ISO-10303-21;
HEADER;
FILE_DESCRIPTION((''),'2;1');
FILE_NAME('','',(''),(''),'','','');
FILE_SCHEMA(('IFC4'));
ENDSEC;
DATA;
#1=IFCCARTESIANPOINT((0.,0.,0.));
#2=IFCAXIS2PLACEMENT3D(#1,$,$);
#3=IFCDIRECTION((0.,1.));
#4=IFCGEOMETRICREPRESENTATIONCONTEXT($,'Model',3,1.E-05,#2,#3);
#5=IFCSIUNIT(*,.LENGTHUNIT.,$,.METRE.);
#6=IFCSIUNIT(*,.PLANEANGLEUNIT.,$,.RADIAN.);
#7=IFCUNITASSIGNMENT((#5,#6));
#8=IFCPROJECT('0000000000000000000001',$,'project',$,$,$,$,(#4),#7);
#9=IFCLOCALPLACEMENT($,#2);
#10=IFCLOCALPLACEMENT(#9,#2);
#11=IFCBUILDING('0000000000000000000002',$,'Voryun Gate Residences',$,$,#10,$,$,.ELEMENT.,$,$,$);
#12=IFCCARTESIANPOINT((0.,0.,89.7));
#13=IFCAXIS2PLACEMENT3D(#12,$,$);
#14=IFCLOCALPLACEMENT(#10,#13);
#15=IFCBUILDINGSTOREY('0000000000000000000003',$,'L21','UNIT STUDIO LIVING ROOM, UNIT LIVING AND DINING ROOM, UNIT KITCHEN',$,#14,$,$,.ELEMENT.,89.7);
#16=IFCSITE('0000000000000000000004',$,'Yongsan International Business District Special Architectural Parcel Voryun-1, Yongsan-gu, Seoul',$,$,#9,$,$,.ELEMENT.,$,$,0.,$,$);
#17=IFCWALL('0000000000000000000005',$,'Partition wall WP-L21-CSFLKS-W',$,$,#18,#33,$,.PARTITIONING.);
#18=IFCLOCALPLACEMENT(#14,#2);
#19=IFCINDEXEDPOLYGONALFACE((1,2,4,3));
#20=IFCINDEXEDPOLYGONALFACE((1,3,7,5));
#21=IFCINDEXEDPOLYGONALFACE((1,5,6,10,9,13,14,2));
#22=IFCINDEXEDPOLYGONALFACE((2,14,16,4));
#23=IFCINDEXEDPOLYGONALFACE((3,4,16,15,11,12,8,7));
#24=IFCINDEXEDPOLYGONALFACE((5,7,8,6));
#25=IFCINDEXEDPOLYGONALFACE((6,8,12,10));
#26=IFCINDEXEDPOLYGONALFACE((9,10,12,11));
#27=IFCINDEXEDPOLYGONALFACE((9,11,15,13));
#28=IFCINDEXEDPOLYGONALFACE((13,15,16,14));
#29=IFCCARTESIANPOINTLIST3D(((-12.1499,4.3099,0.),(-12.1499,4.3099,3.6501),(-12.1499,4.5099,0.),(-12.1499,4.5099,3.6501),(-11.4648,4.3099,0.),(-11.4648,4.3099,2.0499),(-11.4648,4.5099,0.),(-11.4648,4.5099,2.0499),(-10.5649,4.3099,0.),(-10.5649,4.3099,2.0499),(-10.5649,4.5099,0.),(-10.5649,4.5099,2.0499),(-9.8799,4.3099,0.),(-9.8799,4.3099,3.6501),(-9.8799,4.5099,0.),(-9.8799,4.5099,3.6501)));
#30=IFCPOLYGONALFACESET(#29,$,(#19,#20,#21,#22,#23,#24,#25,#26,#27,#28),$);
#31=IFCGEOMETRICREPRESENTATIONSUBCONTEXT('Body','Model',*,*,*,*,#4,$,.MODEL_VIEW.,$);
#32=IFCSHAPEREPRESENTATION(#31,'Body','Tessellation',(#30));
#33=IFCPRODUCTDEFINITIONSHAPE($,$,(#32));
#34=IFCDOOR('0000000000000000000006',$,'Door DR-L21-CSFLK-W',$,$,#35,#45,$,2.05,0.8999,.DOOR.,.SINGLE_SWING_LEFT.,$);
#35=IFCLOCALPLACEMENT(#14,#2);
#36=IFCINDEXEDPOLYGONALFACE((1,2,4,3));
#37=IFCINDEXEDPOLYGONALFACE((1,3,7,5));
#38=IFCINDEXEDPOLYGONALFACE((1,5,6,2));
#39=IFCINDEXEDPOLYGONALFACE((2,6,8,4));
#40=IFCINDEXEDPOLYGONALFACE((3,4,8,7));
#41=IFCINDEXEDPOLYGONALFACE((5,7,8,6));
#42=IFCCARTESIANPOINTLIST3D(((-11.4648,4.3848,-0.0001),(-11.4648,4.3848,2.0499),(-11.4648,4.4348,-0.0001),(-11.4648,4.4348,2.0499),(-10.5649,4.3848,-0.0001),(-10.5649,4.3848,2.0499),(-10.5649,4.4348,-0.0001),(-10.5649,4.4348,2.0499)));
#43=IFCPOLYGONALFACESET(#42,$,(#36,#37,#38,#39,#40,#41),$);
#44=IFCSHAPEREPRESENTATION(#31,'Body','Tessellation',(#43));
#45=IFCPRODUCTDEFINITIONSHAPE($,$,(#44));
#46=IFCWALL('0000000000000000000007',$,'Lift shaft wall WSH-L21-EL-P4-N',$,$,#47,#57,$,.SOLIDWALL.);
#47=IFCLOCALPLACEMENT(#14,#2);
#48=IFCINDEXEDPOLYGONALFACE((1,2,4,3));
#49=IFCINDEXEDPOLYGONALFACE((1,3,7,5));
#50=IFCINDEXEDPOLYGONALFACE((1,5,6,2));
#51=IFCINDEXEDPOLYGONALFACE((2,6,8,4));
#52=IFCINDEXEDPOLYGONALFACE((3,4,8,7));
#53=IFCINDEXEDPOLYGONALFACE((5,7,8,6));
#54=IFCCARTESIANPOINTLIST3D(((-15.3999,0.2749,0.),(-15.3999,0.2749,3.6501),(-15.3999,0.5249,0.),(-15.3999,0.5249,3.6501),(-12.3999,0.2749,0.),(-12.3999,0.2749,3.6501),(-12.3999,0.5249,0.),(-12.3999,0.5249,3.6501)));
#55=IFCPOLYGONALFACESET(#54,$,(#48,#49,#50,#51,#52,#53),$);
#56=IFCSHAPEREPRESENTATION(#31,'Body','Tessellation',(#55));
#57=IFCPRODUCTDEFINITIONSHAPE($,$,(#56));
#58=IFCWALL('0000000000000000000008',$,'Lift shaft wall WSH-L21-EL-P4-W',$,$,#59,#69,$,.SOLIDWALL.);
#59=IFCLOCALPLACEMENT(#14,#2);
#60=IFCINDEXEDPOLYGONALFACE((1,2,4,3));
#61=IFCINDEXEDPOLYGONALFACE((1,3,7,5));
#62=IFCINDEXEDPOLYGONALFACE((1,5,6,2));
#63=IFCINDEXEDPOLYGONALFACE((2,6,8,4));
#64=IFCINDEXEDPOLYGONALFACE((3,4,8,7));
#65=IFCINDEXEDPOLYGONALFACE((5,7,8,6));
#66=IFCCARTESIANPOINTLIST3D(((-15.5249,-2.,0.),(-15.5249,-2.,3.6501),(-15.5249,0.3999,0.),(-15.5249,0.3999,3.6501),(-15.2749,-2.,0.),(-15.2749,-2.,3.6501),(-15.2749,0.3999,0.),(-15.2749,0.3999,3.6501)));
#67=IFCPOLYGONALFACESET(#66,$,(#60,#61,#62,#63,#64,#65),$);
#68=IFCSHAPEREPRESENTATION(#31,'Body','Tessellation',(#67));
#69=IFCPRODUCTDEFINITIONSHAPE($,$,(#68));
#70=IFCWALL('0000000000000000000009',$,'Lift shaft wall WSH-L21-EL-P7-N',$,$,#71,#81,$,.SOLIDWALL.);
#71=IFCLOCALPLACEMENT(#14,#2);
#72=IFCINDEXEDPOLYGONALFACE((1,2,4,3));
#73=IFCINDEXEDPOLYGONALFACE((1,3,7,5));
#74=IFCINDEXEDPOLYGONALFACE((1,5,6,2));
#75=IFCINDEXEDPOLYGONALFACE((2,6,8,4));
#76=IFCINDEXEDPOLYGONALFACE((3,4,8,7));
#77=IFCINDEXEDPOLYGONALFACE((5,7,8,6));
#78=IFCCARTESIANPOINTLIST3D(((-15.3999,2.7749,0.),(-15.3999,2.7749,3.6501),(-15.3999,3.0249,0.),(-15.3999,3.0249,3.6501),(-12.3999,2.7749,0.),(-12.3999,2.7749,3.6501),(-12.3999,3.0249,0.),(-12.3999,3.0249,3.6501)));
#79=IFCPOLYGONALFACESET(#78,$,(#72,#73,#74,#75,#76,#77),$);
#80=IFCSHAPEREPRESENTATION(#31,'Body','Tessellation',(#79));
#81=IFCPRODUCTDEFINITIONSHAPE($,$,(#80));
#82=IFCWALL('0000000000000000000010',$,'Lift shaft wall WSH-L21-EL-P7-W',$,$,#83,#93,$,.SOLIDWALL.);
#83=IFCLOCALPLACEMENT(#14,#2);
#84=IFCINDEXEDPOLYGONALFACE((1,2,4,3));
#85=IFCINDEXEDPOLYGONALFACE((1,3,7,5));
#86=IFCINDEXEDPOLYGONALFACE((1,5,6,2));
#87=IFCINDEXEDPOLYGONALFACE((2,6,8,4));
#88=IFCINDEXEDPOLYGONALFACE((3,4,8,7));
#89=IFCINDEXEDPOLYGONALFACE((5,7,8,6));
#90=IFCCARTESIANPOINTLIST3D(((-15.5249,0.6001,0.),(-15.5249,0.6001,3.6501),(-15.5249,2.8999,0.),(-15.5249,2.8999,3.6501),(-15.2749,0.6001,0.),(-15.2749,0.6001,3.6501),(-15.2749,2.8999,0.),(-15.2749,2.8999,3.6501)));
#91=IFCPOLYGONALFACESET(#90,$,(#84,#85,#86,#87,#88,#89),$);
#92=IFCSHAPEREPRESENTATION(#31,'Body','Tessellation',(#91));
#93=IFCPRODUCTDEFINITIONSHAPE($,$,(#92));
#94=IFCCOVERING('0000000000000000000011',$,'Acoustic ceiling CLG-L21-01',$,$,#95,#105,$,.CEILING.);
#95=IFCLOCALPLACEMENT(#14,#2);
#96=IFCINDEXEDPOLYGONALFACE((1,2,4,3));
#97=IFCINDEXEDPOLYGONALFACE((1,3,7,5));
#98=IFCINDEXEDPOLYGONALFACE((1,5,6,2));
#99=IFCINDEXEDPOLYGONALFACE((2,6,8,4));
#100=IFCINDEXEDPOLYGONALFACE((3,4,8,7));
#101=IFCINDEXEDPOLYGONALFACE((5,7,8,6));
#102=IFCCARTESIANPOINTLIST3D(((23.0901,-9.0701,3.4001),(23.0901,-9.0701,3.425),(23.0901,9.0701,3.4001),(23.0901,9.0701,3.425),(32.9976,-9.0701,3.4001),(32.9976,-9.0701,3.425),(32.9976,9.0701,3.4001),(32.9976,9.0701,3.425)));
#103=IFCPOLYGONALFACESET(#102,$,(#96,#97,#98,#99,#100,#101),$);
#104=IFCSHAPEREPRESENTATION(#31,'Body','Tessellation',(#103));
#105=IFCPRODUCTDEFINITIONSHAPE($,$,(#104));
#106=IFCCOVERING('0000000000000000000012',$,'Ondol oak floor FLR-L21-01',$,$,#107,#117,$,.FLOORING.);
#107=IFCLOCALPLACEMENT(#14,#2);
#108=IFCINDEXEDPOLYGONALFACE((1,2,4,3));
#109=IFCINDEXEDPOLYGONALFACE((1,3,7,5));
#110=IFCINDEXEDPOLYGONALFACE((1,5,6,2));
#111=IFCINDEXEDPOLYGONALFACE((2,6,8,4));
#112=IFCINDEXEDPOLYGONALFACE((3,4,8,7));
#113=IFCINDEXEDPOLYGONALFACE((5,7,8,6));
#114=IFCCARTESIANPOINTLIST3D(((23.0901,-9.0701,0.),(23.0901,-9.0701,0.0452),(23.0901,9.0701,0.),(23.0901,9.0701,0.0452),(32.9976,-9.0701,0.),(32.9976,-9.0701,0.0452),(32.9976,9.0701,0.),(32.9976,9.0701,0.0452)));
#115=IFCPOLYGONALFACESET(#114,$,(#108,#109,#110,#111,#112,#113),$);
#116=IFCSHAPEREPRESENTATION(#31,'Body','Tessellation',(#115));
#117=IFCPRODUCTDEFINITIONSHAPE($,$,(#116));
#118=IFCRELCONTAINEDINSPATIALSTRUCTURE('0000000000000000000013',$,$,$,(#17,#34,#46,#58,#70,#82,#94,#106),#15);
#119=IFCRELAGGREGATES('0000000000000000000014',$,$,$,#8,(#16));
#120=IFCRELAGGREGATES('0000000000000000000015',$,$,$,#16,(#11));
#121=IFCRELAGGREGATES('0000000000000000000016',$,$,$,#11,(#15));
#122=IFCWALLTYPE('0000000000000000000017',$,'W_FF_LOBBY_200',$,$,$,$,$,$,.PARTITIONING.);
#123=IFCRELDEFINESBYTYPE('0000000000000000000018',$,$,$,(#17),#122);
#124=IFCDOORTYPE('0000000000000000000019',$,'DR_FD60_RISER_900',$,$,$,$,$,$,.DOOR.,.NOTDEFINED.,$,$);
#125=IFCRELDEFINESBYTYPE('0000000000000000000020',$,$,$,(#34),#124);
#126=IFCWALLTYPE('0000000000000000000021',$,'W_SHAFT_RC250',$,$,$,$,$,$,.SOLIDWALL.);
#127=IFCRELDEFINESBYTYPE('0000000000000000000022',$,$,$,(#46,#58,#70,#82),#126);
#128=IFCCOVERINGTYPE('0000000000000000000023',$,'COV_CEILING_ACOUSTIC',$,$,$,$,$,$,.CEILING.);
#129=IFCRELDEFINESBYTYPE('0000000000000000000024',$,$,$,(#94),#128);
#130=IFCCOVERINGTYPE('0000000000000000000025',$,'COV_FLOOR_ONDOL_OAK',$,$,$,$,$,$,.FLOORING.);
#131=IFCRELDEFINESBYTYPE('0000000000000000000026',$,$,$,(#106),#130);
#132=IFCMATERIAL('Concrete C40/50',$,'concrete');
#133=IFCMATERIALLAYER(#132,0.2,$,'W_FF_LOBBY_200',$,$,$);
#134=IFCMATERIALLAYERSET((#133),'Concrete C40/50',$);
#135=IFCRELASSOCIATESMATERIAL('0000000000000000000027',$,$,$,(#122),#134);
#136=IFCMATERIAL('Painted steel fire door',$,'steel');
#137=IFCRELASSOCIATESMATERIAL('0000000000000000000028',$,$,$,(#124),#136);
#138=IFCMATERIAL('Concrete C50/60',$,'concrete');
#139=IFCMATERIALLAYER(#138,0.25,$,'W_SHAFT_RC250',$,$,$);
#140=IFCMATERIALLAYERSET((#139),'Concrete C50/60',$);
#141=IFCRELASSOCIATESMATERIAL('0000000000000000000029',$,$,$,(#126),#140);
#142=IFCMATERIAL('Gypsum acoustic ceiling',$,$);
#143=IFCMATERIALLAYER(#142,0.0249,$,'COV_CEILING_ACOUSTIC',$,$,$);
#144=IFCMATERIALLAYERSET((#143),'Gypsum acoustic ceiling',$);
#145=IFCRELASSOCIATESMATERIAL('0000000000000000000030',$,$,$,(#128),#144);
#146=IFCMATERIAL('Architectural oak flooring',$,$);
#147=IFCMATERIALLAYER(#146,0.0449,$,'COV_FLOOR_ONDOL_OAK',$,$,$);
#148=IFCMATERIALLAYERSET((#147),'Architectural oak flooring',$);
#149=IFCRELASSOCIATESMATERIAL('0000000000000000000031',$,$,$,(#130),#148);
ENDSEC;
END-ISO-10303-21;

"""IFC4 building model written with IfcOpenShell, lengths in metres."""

from ifc_helpers import new_model, si_unit, direction, frame, frame_2d, origin, place, context, subcontext, project, spatial, polyline, rectangle, outline, extrude, material, layer, layer_set, type_object, element, fill, save


model = new_model("IFC4")

# Units and contexts
model_context = context("Model", 3, precision=1e-05, world=origin(), true_north=direction((0.0, 1.0)))
body_context = subcontext(model_context, "Body", "Model", "MODEL_VIEW")
ifc_project = project(units=[si_unit("LENGTHUNIT", "METRE"), si_unit("PLANEANGLEUNIT", "RADIAN")], contexts=[model_context])

# Site, building, storey
site_placement = place(None, origin())
site = spatial("IfcSite", under=ifc_project, at=site_placement, Name="Yongsan International Business District Special Architectural Parcel Voryun-1, Yongsan-gu, Seoul", CompositionType="ELEMENT", RefElevation=0.0)
building_placement = place(site_placement, origin())
building = spatial("IfcBuilding", under=site, at=building_placement, Name="Voryun Gate Residences", CompositionType="ELEMENT")
storey_placement = place(building_placement, frame((0.0, 0.0, 89.7)))
storey = spatial("IfcBuildingStorey", under=building, at=storey_placement, Name="L21", Description="UNIT STUDIO LIVING ROOM, UNIT LIVING AND DINING ROOM, UNIT KITCHEN", CompositionType="ELEMENT", Elevation=89.7)

# Shared definitions
ifc_material_1 = material(Name="Concrete C40/50", Category="concrete")
ifc_layer_1 = layer(ifc_material_1, 0.2, Name="W_FF_LOBBY_200")
ifc_layer_set_1 = layer_set([ifc_layer_1], Name="Concrete C40/50")
wall_type_1 = type_object("IfcWallType", Name="W_FF_LOBBY_200", PredefinedType="PARTITIONING", material=ifc_layer_set_1)

# Wall, opening, door
wall_1_placement = place(storey_placement, frame((-12.1499, 4.4099, 0.0), z_axis=(0.0, 0.0, 1.0), x_axis=(1.0, 0.0, 0.0)))
wall_1 = element("IfcWall", 1, at=wall_1_placement, inside=storey, type_object=wall_type_1, Name="Partition wall WP-L21-CSFLKS-W", PredefinedType="PARTITIONING", context=body_context, shape_type="SweptSolid", body=[
    extrude(rectangle(XDim=2.27, YDim=0.2, at=frame_2d((1.135, 0.0))), origin(), (0.0, 0.0, 1.0), 3.6501),
])
opening_placement = place(wall_1_placement, frame((0.6851, 0.0, 0.0)))
opening = element("IfcOpeningElement", 2, at=opening_placement, cuts=wall_1, PredefinedType="OPENING", context=body_context, shape_type="SweptSolid", body=[
    extrude(rectangle(XDim=0.8999, YDim=2.05, at=frame_2d((0.45, 1.0249))), frame((0.0, 0.1101, 0.0), z_axis=(0.0, -1.0, 0.0), x_axis=(1.0, 0.0, 0.0)), (0.0, 0.0, 1.0), 0.22),
])
ifc_material_2 = material(Name="Painted steel fire door", Category="steel")
door_type = type_object("IfcDoorType", Name="DR_FD60_RISER_900", OperationType="NOTDEFINED", PredefinedType="DOOR", material=ifc_material_2)
door_placement = place(opening_placement, origin())
door = element("IfcDoor", 3, at=door_placement, inside=storey, type_object=door_type, Name="Door DR-L21-CSFLK-W", OperationType="SINGLE_SWING_LEFT", OverallHeight=2.05, OverallWidth=0.8999, PredefinedType="DOOR", context=body_context, shape_type="SweptSolid", body=[
    extrude(rectangle(XDim=0.8999, YDim=2.05, at=frame_2d((0.45, 1.0249))), frame((0.0, 0.0249, 0.0), z_axis=(0.0, -1.0, 0.0), x_axis=(1.0, 0.0, 0.0)), (0.0, 0.0, 1.0), 0.05),
])
fill(opening, door)

# Walls
ifc_material_3 = material(Name="Concrete C50/60", Category="concrete")
ifc_layer_2 = layer(ifc_material_3, 0.25, Name="W_SHAFT_RC250")
ifc_layer_set_2 = layer_set([ifc_layer_2], Name="Concrete C50/60")
wall_type_2 = type_object("IfcWallType", Name="W_SHAFT_RC250", PredefinedType="SOLIDWALL", material=ifc_layer_set_2)
wall_2_placement = place(storey_placement, frame((-12.3999, 0.3999, 0.0), z_axis=(0.0, 0.0, 1.0), x_axis=(-1.0, 0.0, 0.0)))
element("IfcWall", 4, at=wall_2_placement, inside=storey, type_object=wall_type_2, Name="Lift shaft wall WSH-L21-EL-P4-N", PredefinedType="SOLIDWALL", context=body_context, shape_type="SweptSolid", body=[
    extrude(rectangle(XDim=3.0, YDim=0.25, at=frame_2d((1.5, 0.0))), origin(), (0.0, 0.0, 1.0), 3.6501),
])
wall_3_placement = place(storey_placement, frame((-15.3999, 0.3999, 0.0), z_axis=(0.0, 0.0, 1.0), x_axis=(0.0, -1.0, 0.0)))
element("IfcWall", 5, at=wall_3_placement, inside=storey, type_object=wall_type_2, Name="Lift shaft wall WSH-L21-EL-P4-W", PredefinedType="SOLIDWALL", context=body_context, shape_type="SweptSolid", body=[
    extrude(rectangle(XDim=2.3999, YDim=0.25, at=frame_2d((1.2, 0.0))), origin(), (0.0, 0.0, 1.0), 3.6501),
])
wall_4_placement = place(storey_placement, frame((-12.3999, 2.8999, 0.0), z_axis=(0.0, 0.0, 1.0), x_axis=(-1.0, 0.0, 0.0)))
element("IfcWall", 6, at=wall_4_placement, inside=storey, type_object=wall_type_2, Name="Lift shaft wall WSH-L21-EL-P7-N", PredefinedType="SOLIDWALL", context=body_context, shape_type="SweptSolid", body=[
    extrude(rectangle(XDim=3.0, YDim=0.25, at=frame_2d((1.5, 0.0))), origin(), (0.0, 0.0, 1.0), 3.6501),
])
wall_5_placement = place(storey_placement, frame((-15.3999, 2.8999, 0.0), z_axis=(0.0, 0.0, 1.0), x_axis=(0.0, -1.0, 0.0)))
element("IfcWall", 7, at=wall_5_placement, inside=storey, type_object=wall_type_2, Name="Lift shaft wall WSH-L21-EL-P7-W", PredefinedType="SOLIDWALL", context=body_context, shape_type="SweptSolid", body=[
    extrude(rectangle(XDim=2.2998, YDim=0.25, at=frame_2d((1.1499, 0.0))), origin(), (0.0, 0.0, 1.0), 3.6501),
])

# Coverings
ifc_material_4 = material(Name="Gypsum acoustic ceiling")
ifc_layer_3 = layer(ifc_material_4, 0.0249, Name="COV_CEILING_ACOUSTIC")
ifc_layer_set_3 = layer_set([ifc_layer_3], Name="Gypsum acoustic ceiling")
covering_type_1 = type_object("IfcCoveringType", Name="COV_CEILING_ACOUSTIC", PredefinedType="CEILING", material=ifc_layer_set_3)
covering_1_placement = place(storey_placement, frame((0.0, 0.0, 3.4001)))
element("IfcCovering", 8, at=covering_1_placement, inside=storey, type_object=covering_type_1, Name="Acoustic ceiling CLG-L21-01", PredefinedType="CEILING", context=body_context, shape_type="SweptSolid", body=[
    extrude(outline(polyline([(23.0901, 9.0701), (32.9976, 9.0701), (32.9976, -9.0701), (23.0901, -9.0701), (23.0901, 9.0701)])), origin(), (0.0, 0.0, 1.0), 0.0249),
])
ifc_material_5 = material(Name="Architectural oak flooring")
ifc_layer_4 = layer(ifc_material_5, 0.0449, Name="COV_FLOOR_ONDOL_OAK")
ifc_layer_set_4 = layer_set([ifc_layer_4], Name="Architectural oak flooring")
covering_type_2 = type_object("IfcCoveringType", Name="COV_FLOOR_ONDOL_OAK", PredefinedType="FLOORING", material=ifc_layer_set_4)
covering_2_placement = place(storey_placement, origin())
element("IfcCovering", 9, at=covering_2_placement, inside=storey, type_object=covering_type_2, Name="Ondol oak floor FLR-L21-01", PredefinedType="FLOORING", context=body_context, shape_type="SweptSolid", body=[
    extrude(outline(polyline([(23.0901, 9.0701), (32.9976, 9.0701), (32.9976, -9.0701), (23.0901, -9.0701), (23.0901, 9.0701)])), origin(), (0.0, 0.0, 1.0), 0.0452),
])

save(model, "model.ifc")
